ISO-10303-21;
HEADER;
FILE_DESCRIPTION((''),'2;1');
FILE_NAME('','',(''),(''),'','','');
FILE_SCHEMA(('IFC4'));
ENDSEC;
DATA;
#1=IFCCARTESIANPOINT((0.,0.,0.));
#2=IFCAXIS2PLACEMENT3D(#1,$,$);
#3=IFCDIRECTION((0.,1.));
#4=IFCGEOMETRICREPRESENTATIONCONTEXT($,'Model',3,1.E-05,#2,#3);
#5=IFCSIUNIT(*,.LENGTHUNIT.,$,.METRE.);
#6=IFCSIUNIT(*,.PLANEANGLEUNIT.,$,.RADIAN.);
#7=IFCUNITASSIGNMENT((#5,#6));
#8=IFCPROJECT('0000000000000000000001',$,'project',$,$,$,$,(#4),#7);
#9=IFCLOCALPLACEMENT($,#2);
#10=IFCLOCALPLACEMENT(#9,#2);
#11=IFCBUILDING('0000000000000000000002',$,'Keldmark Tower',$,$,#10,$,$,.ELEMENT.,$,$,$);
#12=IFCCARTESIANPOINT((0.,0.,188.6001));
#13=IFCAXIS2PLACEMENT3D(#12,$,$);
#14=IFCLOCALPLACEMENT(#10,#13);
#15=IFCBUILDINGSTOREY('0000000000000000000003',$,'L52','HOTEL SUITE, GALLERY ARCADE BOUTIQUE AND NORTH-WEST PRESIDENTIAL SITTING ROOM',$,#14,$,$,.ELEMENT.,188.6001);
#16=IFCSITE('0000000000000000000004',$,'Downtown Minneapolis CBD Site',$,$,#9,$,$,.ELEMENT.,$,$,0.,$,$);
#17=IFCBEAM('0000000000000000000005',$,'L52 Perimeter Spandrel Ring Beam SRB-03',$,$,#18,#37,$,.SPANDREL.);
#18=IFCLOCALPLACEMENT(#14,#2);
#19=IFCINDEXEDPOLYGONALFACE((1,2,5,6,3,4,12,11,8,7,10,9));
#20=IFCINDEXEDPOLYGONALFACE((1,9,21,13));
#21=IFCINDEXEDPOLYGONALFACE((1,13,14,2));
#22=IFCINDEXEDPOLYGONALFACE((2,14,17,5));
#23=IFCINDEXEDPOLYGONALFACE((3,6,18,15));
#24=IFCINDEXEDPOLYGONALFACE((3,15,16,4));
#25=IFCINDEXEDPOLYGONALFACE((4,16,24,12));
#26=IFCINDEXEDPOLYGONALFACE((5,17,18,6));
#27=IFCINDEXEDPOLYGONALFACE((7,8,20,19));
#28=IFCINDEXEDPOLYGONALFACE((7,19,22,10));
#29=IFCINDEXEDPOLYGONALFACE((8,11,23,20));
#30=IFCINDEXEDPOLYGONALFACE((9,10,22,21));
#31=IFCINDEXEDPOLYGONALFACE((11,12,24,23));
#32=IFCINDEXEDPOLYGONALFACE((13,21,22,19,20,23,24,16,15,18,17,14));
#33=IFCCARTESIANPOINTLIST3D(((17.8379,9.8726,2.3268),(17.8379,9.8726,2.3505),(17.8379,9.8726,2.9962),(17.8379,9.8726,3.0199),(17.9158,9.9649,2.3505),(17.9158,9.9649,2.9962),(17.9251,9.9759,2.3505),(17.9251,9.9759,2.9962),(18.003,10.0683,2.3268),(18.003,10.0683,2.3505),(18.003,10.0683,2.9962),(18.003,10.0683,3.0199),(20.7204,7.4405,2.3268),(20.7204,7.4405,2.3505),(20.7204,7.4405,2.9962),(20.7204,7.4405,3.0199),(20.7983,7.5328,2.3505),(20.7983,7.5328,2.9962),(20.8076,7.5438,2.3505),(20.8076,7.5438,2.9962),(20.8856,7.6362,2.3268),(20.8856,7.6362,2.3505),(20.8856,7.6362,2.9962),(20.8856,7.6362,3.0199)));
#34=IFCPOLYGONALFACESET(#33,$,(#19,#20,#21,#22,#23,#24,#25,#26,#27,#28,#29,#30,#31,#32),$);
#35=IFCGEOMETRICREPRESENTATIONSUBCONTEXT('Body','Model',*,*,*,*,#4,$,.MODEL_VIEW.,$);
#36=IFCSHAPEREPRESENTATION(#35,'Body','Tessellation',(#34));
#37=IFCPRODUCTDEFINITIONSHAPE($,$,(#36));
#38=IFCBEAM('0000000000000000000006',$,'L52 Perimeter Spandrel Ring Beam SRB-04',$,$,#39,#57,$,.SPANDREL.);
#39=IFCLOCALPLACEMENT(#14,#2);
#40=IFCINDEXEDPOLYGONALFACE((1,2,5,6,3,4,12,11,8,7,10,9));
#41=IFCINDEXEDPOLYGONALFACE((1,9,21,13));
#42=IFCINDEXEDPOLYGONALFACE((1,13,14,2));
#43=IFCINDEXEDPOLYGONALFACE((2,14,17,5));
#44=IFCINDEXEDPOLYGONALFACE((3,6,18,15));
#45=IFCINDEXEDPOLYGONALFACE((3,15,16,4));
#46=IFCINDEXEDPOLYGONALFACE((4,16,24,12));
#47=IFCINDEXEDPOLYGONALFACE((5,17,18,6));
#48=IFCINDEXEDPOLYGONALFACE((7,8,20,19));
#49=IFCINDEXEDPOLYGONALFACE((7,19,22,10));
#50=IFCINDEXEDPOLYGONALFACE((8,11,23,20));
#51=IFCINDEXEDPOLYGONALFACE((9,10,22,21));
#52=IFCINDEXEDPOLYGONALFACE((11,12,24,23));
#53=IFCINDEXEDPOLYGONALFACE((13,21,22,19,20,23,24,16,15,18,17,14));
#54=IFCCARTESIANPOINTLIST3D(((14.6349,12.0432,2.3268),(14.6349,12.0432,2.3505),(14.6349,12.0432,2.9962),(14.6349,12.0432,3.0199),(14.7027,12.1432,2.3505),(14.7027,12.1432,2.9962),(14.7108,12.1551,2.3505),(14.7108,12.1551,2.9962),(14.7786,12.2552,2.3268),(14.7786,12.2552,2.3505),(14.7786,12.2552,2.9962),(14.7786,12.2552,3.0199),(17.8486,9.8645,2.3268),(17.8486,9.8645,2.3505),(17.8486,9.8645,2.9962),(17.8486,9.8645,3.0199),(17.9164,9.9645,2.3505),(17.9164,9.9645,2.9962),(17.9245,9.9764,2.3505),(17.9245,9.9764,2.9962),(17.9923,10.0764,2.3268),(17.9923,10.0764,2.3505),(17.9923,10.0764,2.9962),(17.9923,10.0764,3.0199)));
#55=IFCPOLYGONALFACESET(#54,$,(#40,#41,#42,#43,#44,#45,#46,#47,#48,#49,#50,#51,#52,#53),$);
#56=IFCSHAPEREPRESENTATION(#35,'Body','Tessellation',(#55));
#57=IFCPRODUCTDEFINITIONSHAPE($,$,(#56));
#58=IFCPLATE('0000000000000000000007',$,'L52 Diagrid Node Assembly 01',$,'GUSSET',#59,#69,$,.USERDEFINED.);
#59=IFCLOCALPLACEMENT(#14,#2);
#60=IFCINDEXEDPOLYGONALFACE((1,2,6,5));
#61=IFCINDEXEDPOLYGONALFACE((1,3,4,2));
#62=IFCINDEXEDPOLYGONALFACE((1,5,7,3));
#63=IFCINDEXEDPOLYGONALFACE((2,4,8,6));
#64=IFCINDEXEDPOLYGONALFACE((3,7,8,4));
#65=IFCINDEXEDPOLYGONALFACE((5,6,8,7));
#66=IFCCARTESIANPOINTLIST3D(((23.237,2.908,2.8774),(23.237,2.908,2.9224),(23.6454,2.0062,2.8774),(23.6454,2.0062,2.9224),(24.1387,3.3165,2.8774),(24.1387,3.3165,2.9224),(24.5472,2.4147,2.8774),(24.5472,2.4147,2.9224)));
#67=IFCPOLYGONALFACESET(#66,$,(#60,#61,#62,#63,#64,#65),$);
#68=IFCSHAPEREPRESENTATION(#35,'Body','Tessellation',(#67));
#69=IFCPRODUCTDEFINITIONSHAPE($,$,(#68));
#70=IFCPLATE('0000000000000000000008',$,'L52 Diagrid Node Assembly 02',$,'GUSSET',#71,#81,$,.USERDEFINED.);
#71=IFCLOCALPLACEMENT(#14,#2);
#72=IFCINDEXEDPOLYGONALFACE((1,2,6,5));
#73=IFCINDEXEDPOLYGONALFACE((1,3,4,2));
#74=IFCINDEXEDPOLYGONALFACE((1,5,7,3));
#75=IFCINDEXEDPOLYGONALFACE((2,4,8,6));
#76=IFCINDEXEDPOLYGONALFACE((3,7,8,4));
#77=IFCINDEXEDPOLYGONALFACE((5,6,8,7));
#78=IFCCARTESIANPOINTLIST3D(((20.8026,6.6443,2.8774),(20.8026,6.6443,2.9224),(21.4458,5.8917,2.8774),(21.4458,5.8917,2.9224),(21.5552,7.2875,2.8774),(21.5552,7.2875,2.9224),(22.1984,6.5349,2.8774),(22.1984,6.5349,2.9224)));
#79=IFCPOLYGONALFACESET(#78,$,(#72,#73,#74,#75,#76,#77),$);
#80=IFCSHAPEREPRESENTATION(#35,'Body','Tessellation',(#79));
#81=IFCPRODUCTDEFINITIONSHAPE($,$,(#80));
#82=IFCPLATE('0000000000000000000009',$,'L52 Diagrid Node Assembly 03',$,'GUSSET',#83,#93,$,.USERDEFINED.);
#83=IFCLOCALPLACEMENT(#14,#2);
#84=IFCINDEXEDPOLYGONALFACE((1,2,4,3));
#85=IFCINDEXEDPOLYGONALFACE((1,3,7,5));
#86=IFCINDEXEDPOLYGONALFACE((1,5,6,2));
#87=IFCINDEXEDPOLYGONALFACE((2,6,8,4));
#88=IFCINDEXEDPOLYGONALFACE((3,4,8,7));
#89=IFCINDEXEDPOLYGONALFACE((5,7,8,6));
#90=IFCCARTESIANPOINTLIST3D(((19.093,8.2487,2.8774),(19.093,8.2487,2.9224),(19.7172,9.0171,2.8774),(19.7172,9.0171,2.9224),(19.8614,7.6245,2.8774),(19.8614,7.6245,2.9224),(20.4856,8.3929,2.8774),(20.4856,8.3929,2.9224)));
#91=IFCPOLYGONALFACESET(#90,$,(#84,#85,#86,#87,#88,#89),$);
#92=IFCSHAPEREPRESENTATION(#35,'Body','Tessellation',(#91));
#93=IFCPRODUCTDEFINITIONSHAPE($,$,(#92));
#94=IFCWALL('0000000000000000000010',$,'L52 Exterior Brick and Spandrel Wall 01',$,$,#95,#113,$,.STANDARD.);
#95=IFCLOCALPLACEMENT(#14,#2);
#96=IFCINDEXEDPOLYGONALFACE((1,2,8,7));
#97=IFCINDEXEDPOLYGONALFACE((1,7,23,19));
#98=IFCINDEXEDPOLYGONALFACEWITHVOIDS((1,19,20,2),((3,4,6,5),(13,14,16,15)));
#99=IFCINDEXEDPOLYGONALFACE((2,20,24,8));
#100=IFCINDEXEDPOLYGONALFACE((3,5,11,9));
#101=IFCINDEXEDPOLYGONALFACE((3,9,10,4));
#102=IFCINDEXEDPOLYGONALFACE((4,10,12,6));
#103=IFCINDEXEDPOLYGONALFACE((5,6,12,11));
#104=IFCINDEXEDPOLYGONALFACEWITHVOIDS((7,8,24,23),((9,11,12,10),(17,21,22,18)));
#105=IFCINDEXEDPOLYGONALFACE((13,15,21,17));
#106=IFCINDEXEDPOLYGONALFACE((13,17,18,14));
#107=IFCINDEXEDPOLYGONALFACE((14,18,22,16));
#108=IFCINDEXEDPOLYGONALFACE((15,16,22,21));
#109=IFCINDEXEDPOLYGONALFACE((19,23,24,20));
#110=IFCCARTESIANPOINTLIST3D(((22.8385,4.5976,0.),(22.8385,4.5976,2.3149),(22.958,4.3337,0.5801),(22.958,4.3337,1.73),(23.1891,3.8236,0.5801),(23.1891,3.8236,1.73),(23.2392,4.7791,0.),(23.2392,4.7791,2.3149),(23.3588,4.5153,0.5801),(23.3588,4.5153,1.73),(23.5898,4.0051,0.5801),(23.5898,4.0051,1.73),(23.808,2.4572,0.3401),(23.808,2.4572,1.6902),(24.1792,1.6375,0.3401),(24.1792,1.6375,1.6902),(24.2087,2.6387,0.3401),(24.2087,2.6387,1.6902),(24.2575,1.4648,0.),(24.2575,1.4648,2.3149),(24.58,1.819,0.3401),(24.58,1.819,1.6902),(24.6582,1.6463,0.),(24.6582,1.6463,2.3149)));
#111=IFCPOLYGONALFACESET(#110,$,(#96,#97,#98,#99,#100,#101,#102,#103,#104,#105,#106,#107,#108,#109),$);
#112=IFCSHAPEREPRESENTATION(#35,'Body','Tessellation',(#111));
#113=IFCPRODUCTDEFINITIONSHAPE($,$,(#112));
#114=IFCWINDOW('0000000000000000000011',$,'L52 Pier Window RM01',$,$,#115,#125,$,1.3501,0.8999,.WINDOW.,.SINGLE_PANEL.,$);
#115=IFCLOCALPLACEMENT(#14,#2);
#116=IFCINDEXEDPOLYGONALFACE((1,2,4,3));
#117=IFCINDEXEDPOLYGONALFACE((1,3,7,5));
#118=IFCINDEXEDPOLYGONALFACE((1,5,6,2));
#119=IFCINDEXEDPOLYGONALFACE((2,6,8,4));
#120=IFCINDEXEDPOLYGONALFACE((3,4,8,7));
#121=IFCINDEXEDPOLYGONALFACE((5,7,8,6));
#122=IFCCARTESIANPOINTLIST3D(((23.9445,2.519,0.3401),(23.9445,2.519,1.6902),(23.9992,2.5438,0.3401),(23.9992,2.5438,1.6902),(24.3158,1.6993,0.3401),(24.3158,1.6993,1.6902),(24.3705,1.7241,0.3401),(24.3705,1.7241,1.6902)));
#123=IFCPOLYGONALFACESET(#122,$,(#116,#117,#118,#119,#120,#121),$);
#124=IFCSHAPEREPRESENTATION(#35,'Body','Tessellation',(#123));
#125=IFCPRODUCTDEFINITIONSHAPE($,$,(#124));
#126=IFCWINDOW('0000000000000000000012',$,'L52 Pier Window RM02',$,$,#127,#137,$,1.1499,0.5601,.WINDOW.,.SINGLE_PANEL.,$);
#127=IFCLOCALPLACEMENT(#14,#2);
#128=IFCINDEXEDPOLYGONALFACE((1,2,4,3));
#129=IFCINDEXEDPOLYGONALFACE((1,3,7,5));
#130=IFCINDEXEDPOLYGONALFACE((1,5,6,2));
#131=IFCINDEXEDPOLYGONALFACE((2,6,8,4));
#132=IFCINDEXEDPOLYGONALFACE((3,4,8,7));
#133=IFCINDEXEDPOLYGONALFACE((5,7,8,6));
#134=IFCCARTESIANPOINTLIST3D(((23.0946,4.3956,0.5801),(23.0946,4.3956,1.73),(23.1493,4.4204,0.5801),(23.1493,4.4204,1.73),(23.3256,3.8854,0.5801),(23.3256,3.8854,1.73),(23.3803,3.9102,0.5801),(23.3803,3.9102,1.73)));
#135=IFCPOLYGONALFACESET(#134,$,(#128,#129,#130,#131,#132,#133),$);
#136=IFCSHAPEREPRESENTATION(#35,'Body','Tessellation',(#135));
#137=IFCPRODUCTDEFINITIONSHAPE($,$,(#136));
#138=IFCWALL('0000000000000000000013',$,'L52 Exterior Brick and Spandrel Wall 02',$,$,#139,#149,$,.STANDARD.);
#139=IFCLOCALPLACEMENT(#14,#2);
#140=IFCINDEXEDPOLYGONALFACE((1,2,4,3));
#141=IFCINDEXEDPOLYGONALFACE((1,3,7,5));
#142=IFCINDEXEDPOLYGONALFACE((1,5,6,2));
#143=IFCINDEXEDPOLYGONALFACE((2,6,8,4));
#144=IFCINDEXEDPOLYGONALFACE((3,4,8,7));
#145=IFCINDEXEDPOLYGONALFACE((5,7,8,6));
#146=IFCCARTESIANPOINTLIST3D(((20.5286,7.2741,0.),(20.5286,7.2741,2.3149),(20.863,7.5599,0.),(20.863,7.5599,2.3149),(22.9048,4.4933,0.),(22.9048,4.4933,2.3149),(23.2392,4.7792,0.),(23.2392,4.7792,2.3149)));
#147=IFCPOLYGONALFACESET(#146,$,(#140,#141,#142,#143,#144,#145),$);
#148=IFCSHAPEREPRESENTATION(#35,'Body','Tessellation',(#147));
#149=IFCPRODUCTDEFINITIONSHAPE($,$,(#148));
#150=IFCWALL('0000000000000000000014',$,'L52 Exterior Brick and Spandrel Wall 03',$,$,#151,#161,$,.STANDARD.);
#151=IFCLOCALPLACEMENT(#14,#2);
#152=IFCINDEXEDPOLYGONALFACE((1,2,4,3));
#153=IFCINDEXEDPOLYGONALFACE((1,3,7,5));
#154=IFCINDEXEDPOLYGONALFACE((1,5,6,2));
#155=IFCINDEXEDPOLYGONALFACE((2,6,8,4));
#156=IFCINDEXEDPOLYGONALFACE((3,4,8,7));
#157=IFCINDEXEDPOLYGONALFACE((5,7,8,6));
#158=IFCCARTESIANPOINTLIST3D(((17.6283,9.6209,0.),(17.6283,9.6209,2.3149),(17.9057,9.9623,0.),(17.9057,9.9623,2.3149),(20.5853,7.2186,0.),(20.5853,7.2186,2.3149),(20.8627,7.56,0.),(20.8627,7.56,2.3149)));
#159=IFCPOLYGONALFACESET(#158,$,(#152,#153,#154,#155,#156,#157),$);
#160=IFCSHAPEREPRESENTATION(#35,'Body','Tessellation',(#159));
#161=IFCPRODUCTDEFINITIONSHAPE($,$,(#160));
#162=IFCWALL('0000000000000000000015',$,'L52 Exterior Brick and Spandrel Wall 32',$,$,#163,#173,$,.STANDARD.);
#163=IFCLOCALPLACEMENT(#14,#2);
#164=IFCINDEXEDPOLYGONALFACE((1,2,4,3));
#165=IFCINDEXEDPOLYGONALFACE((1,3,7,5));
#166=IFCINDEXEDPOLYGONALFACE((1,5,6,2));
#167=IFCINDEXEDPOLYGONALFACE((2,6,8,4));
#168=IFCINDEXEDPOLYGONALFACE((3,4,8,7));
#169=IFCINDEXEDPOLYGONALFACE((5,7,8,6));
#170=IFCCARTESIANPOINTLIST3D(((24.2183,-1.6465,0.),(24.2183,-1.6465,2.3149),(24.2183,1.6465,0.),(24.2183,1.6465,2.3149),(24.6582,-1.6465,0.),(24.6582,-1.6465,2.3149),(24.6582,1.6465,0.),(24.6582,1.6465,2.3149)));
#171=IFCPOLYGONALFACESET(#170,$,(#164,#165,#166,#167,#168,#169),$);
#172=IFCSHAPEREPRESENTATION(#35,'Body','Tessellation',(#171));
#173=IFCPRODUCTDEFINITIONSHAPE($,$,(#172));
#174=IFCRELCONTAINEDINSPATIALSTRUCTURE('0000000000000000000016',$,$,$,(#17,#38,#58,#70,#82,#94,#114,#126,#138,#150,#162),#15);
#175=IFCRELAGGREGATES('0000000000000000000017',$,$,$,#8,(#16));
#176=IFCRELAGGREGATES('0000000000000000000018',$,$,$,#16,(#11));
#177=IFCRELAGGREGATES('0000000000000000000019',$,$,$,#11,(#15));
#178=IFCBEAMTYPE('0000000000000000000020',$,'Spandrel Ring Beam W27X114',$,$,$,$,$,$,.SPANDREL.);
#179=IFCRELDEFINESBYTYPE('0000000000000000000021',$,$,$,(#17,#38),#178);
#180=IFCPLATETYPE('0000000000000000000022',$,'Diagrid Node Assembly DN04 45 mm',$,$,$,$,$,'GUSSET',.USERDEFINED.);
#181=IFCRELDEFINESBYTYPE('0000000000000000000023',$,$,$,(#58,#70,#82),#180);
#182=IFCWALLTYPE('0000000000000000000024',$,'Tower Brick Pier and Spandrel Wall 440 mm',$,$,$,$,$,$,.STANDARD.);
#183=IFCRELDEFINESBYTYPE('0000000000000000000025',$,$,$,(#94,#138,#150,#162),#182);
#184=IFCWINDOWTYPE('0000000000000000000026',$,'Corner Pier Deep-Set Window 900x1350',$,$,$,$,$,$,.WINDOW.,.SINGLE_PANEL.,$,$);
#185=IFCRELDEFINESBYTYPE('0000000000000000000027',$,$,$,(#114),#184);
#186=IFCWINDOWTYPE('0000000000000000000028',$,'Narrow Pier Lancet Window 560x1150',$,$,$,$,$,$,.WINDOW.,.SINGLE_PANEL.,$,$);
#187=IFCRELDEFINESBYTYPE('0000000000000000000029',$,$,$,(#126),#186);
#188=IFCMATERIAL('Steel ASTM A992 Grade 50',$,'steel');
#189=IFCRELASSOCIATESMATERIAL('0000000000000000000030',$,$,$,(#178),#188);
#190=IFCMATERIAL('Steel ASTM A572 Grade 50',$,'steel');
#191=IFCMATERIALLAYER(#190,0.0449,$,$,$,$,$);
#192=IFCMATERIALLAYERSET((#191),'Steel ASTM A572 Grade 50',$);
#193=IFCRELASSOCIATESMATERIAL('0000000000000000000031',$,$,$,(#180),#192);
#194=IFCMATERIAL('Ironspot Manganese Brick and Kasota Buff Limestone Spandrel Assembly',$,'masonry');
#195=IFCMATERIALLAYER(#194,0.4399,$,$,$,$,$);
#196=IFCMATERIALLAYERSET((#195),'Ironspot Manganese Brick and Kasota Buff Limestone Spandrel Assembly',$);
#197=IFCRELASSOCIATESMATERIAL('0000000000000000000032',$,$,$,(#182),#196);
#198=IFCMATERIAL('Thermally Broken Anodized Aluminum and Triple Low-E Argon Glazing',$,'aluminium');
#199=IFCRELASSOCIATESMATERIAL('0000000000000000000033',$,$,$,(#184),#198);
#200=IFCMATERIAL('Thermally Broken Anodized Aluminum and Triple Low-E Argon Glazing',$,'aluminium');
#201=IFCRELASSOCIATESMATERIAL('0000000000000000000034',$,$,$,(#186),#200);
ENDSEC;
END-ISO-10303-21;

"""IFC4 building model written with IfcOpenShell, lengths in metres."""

from ifc_helpers import new_model, si_unit, direction, frame, frame_2d, origin, origin_2d, place, context, subcontext, project, spatial, rectangle, i_section, extrude, material, layer, layer_set, material_profile, profile_set, type_object, element, fill, save


model = new_model("IFC4")

# Units and contexts
model_context = context("Model", 3, precision=1e-05, world=origin(), true_north=direction((0.0, 1.0)))
body_context = subcontext(model_context, "Body", "Model", "MODEL_VIEW")
ifc_project = project(units=[si_unit("LENGTHUNIT", "METRE"), si_unit("PLANEANGLEUNIT", "RADIAN")], contexts=[model_context])

# Site, building, storey
site_placement = place(None, origin())
site = spatial("IfcSite", under=ifc_project, at=site_placement, Name="Downtown Minneapolis CBD Site", CompositionType="ELEMENT", RefElevation=0.0)
building_placement = place(site_placement, origin())
building = spatial("IfcBuilding", under=site, at=building_placement, Name="Keldmark Tower", CompositionType="ELEMENT")
storey_placement = place(building_placement, frame((0.0, 0.0, 188.6001)))
storey = spatial("IfcBuildingStorey", under=building, at=storey_placement, Name="L52", Description="HOTEL SUITE, GALLERY ARCADE BOUTIQUE AND NORTH-WEST PRESIDENTIAL SITTING ROOM", CompositionType="ELEMENT", Elevation=188.6001)

# Beams
ifc_material_1 = material(Name="Steel ASTM A992 Grade 50", Category="steel")
ifc_material_profile_1 = material_profile(ifc_material_1, i_section(OverallWidth=0.2561, OverallDepth=0.6931, WebThickness=0.0144, FlangeThickness=0.0237, at=origin_2d()), Name="W27X114")
ifc_profile_set_1 = profile_set([ifc_material_profile_1], Name="Steel ASTM A992 Grade 50")
beam_type_1 = type_object("IfcBeamType", Name="Spandrel Ring Beam W27X114", PredefinedType="SPANDREL", material=ifc_profile_set_1)
beam_1_placement = place(storey_placement, frame((20.803, 7.5383, 2.6733), z_axis=(-0.764296, 0.644865, 0.0), x_axis=(-0.644865, -0.764296, 0.0)))
element("IfcBeam", 1, at=beam_1_placement, inside=storey, type_object=beam_type_1, Name="L52 Perimeter Spandrel Ring Beam SRB-03", PredefinedType="SPANDREL", context=body_context, shape_type="SweptSolid", body=[
    extrude(i_section(OverallWidth=0.2561, OverallDepth=0.6931, WebThickness=0.0144, FlangeThickness=0.0237, at=origin_2d()), origin(), (0.0, 0.0, 1.0), 3.7715),
])
beam_2_placement = place(storey_placement, frame((17.9204, 9.9705, 2.6733), z_axis=(-0.82771, 0.561155, 0.0), x_axis=(-0.561155, -0.82771, 0.0)))
element("IfcBeam", 2, at=beam_2_placement, inside=storey, type_object=beam_type_1, Name="L52 Perimeter Spandrel Ring Beam SRB-04", PredefinedType="SPANDREL", context=body_context, shape_type="SweptSolid", body=[
    extrude(i_section(OverallWidth=0.2561, OverallDepth=0.6931, WebThickness=0.0144, FlangeThickness=0.0237, at=origin_2d()), origin(), (0.0, 0.0, 1.0), 3.8826),
])

# Plates
ifc_material_2 = material(Name="Steel ASTM A572 Grade 50", Category="steel")
ifc_layer_1 = layer(ifc_material_2, 0.0449)
ifc_layer_set_1 = layer_set([ifc_layer_1], Name="Steel ASTM A572 Grade 50")
plate_type = type_object("IfcPlateType", Name="Diagrid Node Assembly DN04 45 mm", ElementType="GUSSET", PredefinedType="USERDEFINED", material=ifc_layer_set_1)
for number, where, z_axis, x_axis, name in (
    (3, (23.8921, 2.6614, 2.8774), (0.0, 0.0, 1.0), (-0.412628, 0.9109, 0.0), "L52 Diagrid Node Assembly 01"),
    (4, (21.5005, 6.5896, 2.8774), (0.0, 0.0, 1.0), (-0.649713, 0.760179, 0.0), "L52 Diagrid Node Assembly 02"),
    (5, (19.7893, 8.3208, 2.8774), (0.0, 0.0, 1.0), (-0.776156, 0.63054, 0.0), "L52 Diagrid Node Assembly 03"),
):
    element("IfcPlate", number, at=place(storey_placement, frame(where, z_axis=z_axis, x_axis=x_axis)), inside=storey, type_object=plate_type, Name=name, ObjectType="GUSSET", PredefinedType="USERDEFINED", context=body_context, shape_type="SweptSolid", body=[
        extrude(rectangle(XDim=0.99, YDim=0.99, at=origin_2d()), origin(), (0.0, 0.0, 1.0), 0.0449),
    ])

# Wall, openings, windows
ifc_material_3 = material(Name="Ironspot Manganese Brick and Kasota Buff Limestone Spandrel Assembly", Category="masonry")
ifc_layer_2 = layer(ifc_material_3, 0.4399)
ifc_layer_set_2 = layer_set([ifc_layer_2], Name="Ironspot Manganese Brick and Kasota Buff Limestone Spandrel Assembly")
wall_type_1 = type_object("IfcWallType", Name="Tower Brick Pier and Spandrel Wall 440 mm", PredefinedType="STANDARD", material=ifc_layer_set_2)
wall_1_placement = place(storey_placement, frame((23.0388, 4.6885, 0.0), z_axis=(0.0, 0.0, 1.0), x_axis=(0.412583, -0.91092, 0.0)))
wall_1 = element("IfcWall", 6, at=wall_1_placement, inside=storey, type_object=wall_type_1, Name="L52 Exterior Brick and Spandrel Wall 01", PredefinedType="STANDARD", context=body_context, shape_type="SweptSolid", body=[
    extrude(rectangle(XDim=3.4392, YDim=0.4399, at=frame_2d((1.7197, 0.0))), origin(), (0.0, 0.0, 1.0), 2.3149),
])
opening_1_placement = place(wall_1_placement, frame((2.3499, 0.0, 0.3401)))
opening_1 = element("IfcOpeningElement", 7, at=opening_1_placement, cuts=wall_1, PredefinedType="OPENING", context=body_context, shape_type="SweptSolid", body=[
    extrude(rectangle(XDim=0.8999, YDim=1.3501, at=frame_2d((0.45, 0.675))), frame((0.0, 0.23, 0.0), z_axis=(0.0, -1.0, 0.0), x_axis=(1.0, 0.0, 0.0)), (0.0, 0.0, 1.0), 0.46),
])
opening_2_placement = place(wall_1_placement, frame((0.2898, 0.0, 0.5801)))
opening_2 = element("IfcOpeningElement", 8, at=opening_2_placement, cuts=wall_1, PredefinedType="OPENING", context=body_context, shape_type="SweptSolid", body=[
    extrude(rectangle(XDim=0.5601, YDim=1.1499, at=frame_2d((0.28, 0.575))), frame((0.0, 0.23, 0.0), z_axis=(0.0, -1.0, 0.0), x_axis=(1.0, 0.0, 0.0)), (0.0, 0.0, 1.0), 0.46),
])
ifc_material_4 = material(Name="Thermally Broken Anodized Aluminum and Triple Low-E Argon Glazing", Category="aluminium")
window_type_1 = type_object("IfcWindowType", Name="Corner Pier Deep-Set Window 900x1350", PartitioningType="SINGLE_PANEL", PredefinedType="WINDOW", material=ifc_material_4)
window_1_placement = place(opening_1_placement, origin())
window_1 = element("IfcWindow", 9, at=window_1_placement, inside=storey, type_object=window_type_1, Name="L52 Pier Window RM01", OverallHeight=1.3501, OverallWidth=0.8999, PartitioningType="SINGLE_PANEL", PredefinedType="WINDOW", context=body_context, shape_type="SweptSolid", body=[
    extrude(rectangle(XDim=0.8999, YDim=1.3501, at=frame_2d((0.45, 0.675))), frame((0.0, -0.01, 0.0), z_axis=(0.0, -1.0, 0.0), x_axis=(1.0, 0.0, 0.0)), (0.0, 0.0, 1.0), 0.0601),
])
fill(opening_1, window_1)
ifc_material_5 = material(Name="Thermally Broken Anodized Aluminum and Triple Low-E Argon Glazing", Category="aluminium")
window_type_2 = type_object("IfcWindowType", Name="Narrow Pier Lancet Window 560x1150", PartitioningType="SINGLE_PANEL", PredefinedType="WINDOW", material=ifc_material_5)
window_2_placement = place(opening_2_placement, origin())
window_2 = element("IfcWindow", 10, at=window_2_placement, inside=storey, type_object=window_type_2, Name="L52 Pier Window RM02", OverallHeight=1.1499, OverallWidth=0.5601, PartitioningType="SINGLE_PANEL", PredefinedType="WINDOW", context=body_context, shape_type="SweptSolid", body=[
    extrude(rectangle(XDim=0.5601, YDim=1.1499, at=frame_2d((0.28, 0.575))), frame((0.0, -0.01, 0.0), z_axis=(0.0, -1.0, 0.0), x_axis=(1.0, 0.0, 0.0)), (0.0, 0.0, 1.0), 0.0601),
])
fill(opening_2, window_2)

# Walls
wall_2_placement = place(storey_placement, frame((20.6958, 7.417, 0.0), z_axis=(0.0, 0.0, 1.0), x_axis=(0.649642, -0.76024, 0.0)))
element("IfcWall", 11, at=wall_2_placement, inside=storey, type_object=wall_type_1, Name="L52 Exterior Brick and Spandrel Wall 02", PredefinedType="STANDARD", context=body_context, shape_type="SweptSolid", body=[
    extrude(rectangle(XDim=3.6577, YDim=0.4399, at=frame_2d((1.8289, 0.0))), origin(), (0.0, 0.0, 1.0), 2.3149),
])
wall_3_placement = place(storey_placement, frame((17.7671, 9.7915, 0.0), z_axis=(0.0, 0.0, 1.0), x_axis=(0.776145, -0.630554, 0.0)))
element("IfcWall", 12, at=wall_3_placement, inside=storey, type_object=wall_type_1, Name="L52 Exterior Brick and Spandrel Wall 03", PredefinedType="STANDARD", context=body_context, shape_type="SweptSolid", body=[
    extrude(rectangle(XDim=3.8098, YDim=0.4399, at=frame_2d((1.9048, 0.0))), origin(), (0.0, 0.0, 1.0), 2.3149),
])
wall_4_placement = place(storey_placement, frame((24.4382, 1.6465, 0.0), z_axis=(0.0, 0.0, 1.0), x_axis=(0.0, -1.0, 0.0)))
element("IfcWall", 13, at=wall_4_placement, inside=storey, type_object=wall_type_1, Name="L52 Exterior Brick and Spandrel Wall 32", PredefinedType="STANDARD", context=body_context, shape_type="SweptSolid", body=[
    extrude(rectangle(XDim=3.293, YDim=0.4399, at=frame_2d((1.6465, 0.0))), origin(), (0.0, 0.0, 1.0), 2.3149),
])

save(model, "model.ifc")
